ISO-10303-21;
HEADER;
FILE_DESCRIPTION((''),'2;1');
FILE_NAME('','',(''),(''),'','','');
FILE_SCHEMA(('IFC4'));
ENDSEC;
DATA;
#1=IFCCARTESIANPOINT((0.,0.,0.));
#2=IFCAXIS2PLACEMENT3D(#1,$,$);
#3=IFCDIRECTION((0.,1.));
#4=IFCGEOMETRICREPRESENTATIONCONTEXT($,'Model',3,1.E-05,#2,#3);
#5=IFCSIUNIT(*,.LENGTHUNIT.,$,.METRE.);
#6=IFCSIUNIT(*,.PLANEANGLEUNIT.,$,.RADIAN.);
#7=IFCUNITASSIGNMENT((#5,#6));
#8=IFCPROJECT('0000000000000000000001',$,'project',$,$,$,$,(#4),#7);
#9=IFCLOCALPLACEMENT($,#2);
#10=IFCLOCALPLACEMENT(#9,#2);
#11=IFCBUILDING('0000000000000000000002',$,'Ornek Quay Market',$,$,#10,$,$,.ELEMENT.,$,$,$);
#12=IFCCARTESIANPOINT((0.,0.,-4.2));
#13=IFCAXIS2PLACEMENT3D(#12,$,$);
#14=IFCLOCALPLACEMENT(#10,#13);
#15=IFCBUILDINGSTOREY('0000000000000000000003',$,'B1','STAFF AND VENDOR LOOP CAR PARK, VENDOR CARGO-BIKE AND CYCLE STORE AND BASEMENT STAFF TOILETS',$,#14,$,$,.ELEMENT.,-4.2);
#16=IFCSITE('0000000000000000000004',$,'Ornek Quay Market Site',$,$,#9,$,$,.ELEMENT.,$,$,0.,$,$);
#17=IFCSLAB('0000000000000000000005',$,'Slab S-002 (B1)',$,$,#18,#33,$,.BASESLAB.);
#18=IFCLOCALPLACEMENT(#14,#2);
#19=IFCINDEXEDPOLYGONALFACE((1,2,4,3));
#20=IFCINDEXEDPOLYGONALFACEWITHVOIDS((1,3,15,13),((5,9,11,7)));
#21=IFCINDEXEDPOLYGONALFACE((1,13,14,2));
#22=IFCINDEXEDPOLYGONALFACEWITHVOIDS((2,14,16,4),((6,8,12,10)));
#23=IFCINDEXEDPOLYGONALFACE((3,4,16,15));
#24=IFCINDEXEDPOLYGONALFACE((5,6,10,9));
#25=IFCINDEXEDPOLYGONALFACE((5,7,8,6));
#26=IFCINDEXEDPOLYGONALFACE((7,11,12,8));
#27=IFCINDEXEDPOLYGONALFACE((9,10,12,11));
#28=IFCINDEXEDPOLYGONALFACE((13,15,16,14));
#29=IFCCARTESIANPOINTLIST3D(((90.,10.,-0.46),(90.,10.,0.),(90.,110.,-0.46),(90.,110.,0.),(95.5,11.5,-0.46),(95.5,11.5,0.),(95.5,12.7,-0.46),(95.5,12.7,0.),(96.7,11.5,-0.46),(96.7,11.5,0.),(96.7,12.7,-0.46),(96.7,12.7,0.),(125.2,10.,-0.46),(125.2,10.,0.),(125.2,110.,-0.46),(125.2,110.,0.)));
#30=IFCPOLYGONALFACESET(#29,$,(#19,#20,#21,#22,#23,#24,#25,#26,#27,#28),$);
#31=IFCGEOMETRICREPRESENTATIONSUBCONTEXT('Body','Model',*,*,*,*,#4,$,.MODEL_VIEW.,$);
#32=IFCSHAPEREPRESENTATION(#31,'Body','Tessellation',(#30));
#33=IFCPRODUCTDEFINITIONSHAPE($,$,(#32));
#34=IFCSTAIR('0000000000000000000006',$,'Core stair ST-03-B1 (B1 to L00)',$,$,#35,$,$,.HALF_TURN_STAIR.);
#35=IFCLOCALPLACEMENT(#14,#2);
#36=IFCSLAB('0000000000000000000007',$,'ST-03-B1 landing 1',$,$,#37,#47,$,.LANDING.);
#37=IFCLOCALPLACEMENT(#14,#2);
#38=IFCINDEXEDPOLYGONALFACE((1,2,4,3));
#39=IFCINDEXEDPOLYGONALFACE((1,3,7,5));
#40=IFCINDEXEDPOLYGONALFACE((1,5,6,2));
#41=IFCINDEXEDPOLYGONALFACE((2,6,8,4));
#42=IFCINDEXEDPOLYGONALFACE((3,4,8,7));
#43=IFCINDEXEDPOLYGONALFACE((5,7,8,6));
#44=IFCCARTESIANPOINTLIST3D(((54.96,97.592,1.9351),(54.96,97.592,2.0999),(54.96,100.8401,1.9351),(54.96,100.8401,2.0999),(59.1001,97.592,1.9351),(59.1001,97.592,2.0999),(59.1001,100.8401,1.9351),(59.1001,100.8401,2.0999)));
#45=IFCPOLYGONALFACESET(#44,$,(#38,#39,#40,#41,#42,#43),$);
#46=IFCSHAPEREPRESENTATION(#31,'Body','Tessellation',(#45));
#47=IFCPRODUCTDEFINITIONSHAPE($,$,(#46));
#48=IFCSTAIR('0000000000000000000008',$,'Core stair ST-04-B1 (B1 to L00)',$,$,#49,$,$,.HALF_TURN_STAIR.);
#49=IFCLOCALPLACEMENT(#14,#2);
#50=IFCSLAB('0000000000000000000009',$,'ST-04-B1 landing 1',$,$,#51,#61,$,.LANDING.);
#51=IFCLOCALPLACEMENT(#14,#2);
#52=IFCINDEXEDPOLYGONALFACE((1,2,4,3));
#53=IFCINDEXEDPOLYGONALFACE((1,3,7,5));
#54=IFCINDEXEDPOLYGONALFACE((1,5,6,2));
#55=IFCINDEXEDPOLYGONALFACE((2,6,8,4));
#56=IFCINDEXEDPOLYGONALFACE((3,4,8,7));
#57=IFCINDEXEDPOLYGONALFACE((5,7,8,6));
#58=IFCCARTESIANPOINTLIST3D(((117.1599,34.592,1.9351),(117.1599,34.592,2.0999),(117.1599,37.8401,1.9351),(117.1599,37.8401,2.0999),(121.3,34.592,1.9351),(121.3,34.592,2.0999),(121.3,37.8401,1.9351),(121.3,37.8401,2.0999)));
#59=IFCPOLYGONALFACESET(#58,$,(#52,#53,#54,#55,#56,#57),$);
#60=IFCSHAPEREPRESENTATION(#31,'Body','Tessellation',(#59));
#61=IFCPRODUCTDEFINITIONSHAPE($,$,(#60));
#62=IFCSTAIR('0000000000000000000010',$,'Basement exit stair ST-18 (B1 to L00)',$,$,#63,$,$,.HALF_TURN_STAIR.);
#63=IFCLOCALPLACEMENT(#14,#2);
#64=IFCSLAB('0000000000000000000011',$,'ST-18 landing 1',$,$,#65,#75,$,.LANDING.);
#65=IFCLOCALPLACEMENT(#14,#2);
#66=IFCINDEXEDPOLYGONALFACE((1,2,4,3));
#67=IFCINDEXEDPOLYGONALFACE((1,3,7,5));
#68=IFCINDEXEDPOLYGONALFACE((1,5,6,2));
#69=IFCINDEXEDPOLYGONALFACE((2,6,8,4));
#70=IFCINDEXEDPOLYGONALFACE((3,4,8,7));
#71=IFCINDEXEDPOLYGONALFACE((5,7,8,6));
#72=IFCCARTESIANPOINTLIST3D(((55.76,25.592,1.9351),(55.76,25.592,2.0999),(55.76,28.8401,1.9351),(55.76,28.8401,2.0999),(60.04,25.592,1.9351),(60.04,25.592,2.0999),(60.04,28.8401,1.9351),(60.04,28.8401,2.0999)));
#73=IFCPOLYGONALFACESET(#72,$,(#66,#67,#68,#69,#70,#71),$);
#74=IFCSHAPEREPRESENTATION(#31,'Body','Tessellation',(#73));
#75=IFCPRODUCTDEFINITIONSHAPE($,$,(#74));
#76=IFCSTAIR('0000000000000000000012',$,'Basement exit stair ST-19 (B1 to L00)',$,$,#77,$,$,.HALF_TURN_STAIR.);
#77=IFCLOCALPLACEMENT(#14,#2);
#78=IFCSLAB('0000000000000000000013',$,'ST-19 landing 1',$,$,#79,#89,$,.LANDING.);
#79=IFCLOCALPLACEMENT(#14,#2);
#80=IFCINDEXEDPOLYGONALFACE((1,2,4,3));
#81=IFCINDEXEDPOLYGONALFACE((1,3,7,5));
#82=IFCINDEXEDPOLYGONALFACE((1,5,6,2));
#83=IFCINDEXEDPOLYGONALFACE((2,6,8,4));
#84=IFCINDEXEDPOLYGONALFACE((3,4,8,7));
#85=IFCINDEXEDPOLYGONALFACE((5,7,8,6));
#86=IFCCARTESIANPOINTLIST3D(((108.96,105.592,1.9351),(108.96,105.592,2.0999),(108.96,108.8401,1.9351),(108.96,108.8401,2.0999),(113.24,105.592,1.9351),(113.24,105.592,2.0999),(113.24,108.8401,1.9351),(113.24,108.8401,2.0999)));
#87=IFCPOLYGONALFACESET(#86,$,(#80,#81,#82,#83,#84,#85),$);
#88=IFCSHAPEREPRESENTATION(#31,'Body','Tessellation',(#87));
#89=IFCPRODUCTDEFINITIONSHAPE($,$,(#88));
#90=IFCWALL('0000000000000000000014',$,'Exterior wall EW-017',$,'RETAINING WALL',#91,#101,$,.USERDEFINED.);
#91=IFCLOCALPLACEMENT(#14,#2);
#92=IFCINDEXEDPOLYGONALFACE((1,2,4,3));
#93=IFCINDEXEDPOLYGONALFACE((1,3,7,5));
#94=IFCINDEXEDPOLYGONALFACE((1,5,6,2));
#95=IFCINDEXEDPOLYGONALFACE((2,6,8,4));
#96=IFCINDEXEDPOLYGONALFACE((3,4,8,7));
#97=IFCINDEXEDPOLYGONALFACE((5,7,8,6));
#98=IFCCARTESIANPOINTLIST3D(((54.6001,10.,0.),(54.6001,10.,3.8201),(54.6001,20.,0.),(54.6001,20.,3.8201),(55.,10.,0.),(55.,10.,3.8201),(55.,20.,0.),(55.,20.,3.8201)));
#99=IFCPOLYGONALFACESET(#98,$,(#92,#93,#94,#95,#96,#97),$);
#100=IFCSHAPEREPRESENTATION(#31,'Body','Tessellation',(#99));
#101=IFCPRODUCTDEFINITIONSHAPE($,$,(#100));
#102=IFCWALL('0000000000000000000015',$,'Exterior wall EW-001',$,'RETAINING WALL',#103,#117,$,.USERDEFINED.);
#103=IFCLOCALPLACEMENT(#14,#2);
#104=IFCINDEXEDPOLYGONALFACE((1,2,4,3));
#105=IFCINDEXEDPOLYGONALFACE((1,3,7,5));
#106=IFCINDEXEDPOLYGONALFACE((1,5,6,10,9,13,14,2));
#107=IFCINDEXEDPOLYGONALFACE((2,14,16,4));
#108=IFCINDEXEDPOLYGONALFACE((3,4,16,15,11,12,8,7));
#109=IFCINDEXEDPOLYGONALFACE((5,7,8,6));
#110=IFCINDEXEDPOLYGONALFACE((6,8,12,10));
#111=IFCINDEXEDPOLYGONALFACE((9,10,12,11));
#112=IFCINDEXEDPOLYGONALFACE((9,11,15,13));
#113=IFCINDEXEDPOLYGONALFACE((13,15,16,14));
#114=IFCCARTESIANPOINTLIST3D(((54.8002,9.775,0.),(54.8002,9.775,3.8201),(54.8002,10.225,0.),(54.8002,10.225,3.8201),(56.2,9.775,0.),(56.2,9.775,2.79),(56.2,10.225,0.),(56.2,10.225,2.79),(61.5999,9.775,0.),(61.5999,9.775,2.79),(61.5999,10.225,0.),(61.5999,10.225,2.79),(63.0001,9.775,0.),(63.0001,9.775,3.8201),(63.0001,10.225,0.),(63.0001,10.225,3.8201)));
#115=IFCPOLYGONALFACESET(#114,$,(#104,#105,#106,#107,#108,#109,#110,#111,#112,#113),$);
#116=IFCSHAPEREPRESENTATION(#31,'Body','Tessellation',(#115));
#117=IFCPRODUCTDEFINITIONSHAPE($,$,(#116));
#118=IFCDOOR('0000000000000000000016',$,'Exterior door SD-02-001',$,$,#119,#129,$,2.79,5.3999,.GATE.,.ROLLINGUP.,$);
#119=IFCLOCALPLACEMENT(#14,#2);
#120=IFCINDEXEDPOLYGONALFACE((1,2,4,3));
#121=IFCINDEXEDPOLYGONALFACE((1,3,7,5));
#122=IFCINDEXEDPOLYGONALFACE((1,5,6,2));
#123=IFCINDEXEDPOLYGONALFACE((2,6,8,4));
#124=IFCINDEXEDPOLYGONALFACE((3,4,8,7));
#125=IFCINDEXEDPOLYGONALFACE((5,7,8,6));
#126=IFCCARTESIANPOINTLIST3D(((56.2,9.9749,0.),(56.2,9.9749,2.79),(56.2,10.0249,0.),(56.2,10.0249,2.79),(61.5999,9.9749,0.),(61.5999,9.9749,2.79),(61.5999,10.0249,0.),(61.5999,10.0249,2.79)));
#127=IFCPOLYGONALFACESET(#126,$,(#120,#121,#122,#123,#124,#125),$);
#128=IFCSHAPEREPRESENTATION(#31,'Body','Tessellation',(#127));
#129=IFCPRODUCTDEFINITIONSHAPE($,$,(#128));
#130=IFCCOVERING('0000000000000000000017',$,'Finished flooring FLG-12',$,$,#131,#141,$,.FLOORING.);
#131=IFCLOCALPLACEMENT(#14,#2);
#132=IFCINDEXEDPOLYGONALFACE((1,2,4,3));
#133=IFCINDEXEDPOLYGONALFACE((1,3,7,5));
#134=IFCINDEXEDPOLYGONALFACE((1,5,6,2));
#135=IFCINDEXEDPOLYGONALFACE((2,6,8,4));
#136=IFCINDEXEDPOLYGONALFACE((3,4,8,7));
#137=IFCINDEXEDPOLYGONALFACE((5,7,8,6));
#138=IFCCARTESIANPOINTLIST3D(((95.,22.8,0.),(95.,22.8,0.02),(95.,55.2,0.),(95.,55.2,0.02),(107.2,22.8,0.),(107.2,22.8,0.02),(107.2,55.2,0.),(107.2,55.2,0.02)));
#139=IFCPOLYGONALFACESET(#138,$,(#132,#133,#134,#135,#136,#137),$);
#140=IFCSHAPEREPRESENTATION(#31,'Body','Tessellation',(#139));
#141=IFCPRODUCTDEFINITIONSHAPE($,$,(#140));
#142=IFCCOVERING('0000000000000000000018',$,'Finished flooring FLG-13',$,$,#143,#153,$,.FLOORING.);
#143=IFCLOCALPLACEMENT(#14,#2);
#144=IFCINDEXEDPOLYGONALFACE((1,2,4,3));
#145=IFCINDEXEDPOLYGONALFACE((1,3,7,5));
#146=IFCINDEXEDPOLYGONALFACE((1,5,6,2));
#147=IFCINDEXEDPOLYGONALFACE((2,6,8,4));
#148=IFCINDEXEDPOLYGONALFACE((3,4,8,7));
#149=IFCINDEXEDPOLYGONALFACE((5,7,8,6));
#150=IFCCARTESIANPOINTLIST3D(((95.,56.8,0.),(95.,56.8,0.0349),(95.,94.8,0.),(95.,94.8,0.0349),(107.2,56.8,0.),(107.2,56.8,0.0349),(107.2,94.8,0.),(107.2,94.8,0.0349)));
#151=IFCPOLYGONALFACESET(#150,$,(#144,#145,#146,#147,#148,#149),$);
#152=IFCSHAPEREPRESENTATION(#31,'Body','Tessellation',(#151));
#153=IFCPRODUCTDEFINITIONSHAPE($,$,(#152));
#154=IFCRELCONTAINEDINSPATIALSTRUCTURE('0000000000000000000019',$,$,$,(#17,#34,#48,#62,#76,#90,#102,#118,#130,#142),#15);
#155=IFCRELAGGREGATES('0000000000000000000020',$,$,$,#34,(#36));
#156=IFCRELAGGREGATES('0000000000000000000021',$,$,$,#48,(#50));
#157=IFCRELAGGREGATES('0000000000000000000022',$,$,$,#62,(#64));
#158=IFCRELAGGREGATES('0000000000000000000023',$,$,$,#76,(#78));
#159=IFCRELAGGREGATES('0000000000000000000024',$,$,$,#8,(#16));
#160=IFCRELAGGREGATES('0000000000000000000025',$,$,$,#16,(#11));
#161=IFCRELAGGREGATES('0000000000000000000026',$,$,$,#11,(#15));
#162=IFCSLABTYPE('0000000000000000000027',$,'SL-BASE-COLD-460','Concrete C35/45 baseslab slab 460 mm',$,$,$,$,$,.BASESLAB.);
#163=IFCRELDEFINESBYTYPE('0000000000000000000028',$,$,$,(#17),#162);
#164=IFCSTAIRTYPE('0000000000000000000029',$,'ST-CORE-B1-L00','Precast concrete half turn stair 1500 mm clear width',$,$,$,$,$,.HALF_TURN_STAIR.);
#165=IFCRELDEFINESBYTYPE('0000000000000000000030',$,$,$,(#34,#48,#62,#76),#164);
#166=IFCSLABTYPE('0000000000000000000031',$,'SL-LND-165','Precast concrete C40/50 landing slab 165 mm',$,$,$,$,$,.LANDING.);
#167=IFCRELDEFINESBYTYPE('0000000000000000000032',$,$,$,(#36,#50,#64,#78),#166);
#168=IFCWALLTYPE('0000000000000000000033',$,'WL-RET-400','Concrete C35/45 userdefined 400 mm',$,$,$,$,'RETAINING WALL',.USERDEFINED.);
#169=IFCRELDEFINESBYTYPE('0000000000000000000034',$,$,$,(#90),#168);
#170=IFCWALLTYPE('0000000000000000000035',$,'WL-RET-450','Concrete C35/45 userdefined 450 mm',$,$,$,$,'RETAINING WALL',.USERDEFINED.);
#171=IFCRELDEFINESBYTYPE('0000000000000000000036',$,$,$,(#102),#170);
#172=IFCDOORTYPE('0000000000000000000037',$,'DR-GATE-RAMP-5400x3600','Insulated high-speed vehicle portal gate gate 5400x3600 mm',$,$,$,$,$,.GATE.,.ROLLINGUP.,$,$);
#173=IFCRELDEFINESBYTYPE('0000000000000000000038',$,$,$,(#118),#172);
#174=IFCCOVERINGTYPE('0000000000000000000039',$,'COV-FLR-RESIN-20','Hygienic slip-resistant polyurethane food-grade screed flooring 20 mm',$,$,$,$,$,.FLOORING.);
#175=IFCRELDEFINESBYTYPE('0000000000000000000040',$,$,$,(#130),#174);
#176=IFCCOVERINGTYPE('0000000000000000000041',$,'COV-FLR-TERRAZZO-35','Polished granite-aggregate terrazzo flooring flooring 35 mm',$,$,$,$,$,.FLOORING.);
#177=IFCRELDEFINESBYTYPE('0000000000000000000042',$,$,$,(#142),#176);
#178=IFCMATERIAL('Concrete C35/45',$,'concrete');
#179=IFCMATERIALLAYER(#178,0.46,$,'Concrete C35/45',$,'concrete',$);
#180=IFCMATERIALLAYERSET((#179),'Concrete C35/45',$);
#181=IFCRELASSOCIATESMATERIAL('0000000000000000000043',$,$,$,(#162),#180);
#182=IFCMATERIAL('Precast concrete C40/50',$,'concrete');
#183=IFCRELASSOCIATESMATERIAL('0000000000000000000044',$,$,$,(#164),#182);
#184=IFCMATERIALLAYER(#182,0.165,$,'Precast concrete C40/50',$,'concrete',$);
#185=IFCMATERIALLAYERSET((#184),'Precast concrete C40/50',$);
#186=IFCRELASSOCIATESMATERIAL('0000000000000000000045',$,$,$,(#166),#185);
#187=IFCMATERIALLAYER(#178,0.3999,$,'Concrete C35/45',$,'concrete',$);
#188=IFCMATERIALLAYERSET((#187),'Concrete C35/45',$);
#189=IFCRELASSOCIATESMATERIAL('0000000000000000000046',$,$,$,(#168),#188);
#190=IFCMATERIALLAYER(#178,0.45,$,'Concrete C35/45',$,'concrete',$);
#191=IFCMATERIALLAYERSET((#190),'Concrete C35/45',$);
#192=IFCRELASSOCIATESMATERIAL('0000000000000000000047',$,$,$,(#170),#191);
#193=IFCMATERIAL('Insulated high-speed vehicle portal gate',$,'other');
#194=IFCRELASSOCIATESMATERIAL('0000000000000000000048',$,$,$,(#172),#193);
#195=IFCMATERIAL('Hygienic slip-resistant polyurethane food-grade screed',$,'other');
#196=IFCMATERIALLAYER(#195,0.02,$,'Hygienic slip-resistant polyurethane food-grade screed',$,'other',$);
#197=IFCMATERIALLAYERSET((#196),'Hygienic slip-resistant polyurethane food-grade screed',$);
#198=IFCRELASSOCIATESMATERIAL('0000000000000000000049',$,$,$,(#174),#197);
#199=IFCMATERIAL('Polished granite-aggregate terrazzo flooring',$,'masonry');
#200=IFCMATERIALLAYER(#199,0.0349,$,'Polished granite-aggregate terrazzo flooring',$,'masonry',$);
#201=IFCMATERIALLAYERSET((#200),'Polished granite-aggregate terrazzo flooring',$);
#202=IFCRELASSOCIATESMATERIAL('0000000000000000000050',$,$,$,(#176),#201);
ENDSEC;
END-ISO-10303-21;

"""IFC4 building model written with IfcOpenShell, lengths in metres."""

from ifc_helpers import new_model, si_unit, direction, frame, frame_2d, origin, place, context, subcontext, project, spatial, polyline, rectangle, outline, extrude, material, layer, layer_set, type_object, element, fill, aggregate, save


model = new_model("IFC4")

# Units and contexts
model_context = context("Model", 3, precision=1e-05, world=origin(), true_north=direction((0.0, 1.0)))
body_context = subcontext(model_context, "Body", "Model", "MODEL_VIEW")
ifc_project = project(units=[si_unit("LENGTHUNIT", "METRE"), si_unit("PLANEANGLEUNIT", "RADIAN")], contexts=[model_context])

# Site, building, storey
site_placement = place(None, origin())
site = spatial("IfcSite", under=ifc_project, at=site_placement, Name="Ornek Quay Market Site", CompositionType="ELEMENT", RefElevation=0.0)
building_placement = place(site_placement, origin())
building = spatial("IfcBuilding", under=site, at=building_placement, Name="Ornek Quay Market", CompositionType="ELEMENT")
storey_placement = place(building_placement, frame((0.0, 0.0, -4.2)))
storey = spatial("IfcBuildingStorey", under=building, at=storey_placement, Name="B1", Description="STAFF AND VENDOR LOOP CAR PARK, VENDOR CARGO-BIKE AND CYCLE STORE AND BASEMENT STAFF TOILETS", CompositionType="ELEMENT", Elevation=-4.2)

# Shared definitions
ifc_material_1 = material(Name="Concrete C35/45", Category="concrete")

# Slab
ifc_layer_1 = layer(ifc_material_1, 0.46, Name="Concrete C35/45", Category="concrete")
ifc_layer_set_1 = layer_set([ifc_layer_1], Name="Concrete C35/45")
slab_type_1 = type_object("IfcSlabType", Name="SL-BASE-COLD-460", Description="Concrete C35/45 baseslab slab 460 mm", PredefinedType="BASESLAB", material=ifc_layer_set_1)
slab_1_placement = place(storey_placement, frame((0.0, 0.0, -0.46)))
element("IfcSlab", 1, at=slab_1_placement, inside=storey, type_object=slab_type_1, Name="Slab S-002 (B1)", PredefinedType="BASESLAB", context=body_context, shape_type="SweptSolid", body=[
    extrude(outline(polyline([(90.0, 10.0), (125.2, 10.0), (125.2, 110.0), (90.0, 110.0), (90.0, 10.0)]), holes=[polyline([(95.5, 12.7), (96.7, 12.7), (96.7, 11.5), (95.5, 11.5), (95.5, 12.7)])]), origin(), (0.0, 0.0, 1.0), 0.46),
])

# Stairs, slabs
ifc_material_2 = material(Name="Precast concrete C40/50", Category="concrete")
stair_type = type_object("IfcStairType", Name="ST-CORE-B1-L00", Description="Precast concrete half turn stair 1500 mm clear width", PredefinedType="HALF_TURN_STAIR", material=ifc_material_2)
stair_1_placement = place(storey_placement, origin())
stair_1 = element("IfcStair", 2, at=stair_1_placement, inside=storey, type_object=stair_type, Name="Core stair ST-03-B1 (B1 to L00)", PredefinedType="HALF_TURN_STAIR")
ifc_layer_2 = layer(ifc_material_2, 0.165, Name="Precast concrete C40/50", Category="concrete")
ifc_layer_set_2 = layer_set([ifc_layer_2], Name="Precast concrete C40/50")
slab_type_2 = type_object("IfcSlabType", Name="SL-LND-165", Description="Precast concrete C40/50 landing slab 165 mm", PredefinedType="LANDING", material=ifc_layer_set_2)
slab_2_placement = place(storey_placement, frame((0.0, 0.0, 1.9351)))
slab_2 = element("IfcSlab", 3, at=slab_2_placement, type_object=slab_type_2, Name="ST-03-B1 landing 1", PredefinedType="LANDING", context=body_context, shape_type="SweptSolid", body=[
    extrude(outline(polyline([(54.96, 97.592), (59.1001, 97.592), (59.1001, 100.8401), (54.96, 100.8401), (54.96, 97.592)])), origin(), (0.0, 0.0, 1.0), 0.1648),
])
aggregate(stair_1, [slab_2])
stair_2_placement = place(storey_placement, origin())
stair_2 = element("IfcStair", 4, at=stair_2_placement, inside=storey, type_object=stair_type, Name="Core stair ST-04-B1 (B1 to L00)", PredefinedType="HALF_TURN_STAIR")
slab_3_placement = place(storey_placement, frame((0.0, 0.0, 1.9351)))
slab_3 = element("IfcSlab", 5, at=slab_3_placement, type_object=slab_type_2, Name="ST-04-B1 landing 1", PredefinedType="LANDING", context=body_context, shape_type="SweptSolid", body=[
    extrude(outline(polyline([(117.1599, 34.592), (121.3, 34.592), (121.3, 37.8401), (117.1599, 37.8401), (117.1599, 34.592)])), origin(), (0.0, 0.0, 1.0), 0.1648),
])
aggregate(stair_2, [slab_3])
stair_3_placement = place(storey_placement, origin())
stair_3 = element("IfcStair", 6, at=stair_3_placement, inside=storey, type_object=stair_type, Name="Basement exit stair ST-18 (B1 to L00)", PredefinedType="HALF_TURN_STAIR")
slab_4_placement = place(storey_placement, frame((0.0, 0.0, 1.9351)))
slab_4 = element("IfcSlab", 7, at=slab_4_placement, type_object=slab_type_2, Name="ST-18 landing 1", PredefinedType="LANDING", context=body_context, shape_type="SweptSolid", body=[
    extrude(outline(polyline([(55.76, 25.592), (60.04, 25.592), (60.04, 28.8401), (55.76, 28.8401), (55.76, 25.592)])), origin(), (0.0, 0.0, 1.0), 0.1648),
])
aggregate(stair_3, [slab_4])
stair_4_placement = place(storey_placement, origin())
stair_4 = element("IfcStair", 8, at=stair_4_placement, inside=storey, type_object=stair_type, Name="Basement exit stair ST-19 (B1 to L00)", PredefinedType="HALF_TURN_STAIR")
slab_5_placement = place(storey_placement, frame((0.0, 0.0, 1.9351)))
slab_5 = element("IfcSlab", 9, at=slab_5_placement, type_object=slab_type_2, Name="ST-19 landing 1", PredefinedType="LANDING", context=body_context, shape_type="SweptSolid", body=[
    extrude(outline(polyline([(108.96, 105.592), (113.24, 105.592), (113.24, 108.8401), (108.96, 108.8401), (108.96, 105.592)])), origin(), (0.0, 0.0, 1.0), 0.1648),
])
aggregate(stair_4, [slab_5])

# Wall
ifc_layer_3 = layer(ifc_material_1, 0.3999, Name="Concrete C35/45", Category="concrete")
ifc_layer_set_3 = layer_set([ifc_layer_3], Name="Concrete C35/45")
wall_type_1 = type_object("IfcWallType", Name="WL-RET-400", Description="Concrete C35/45 userdefined 400 mm", ElementType="RETAINING WALL", PredefinedType="USERDEFINED", material=ifc_layer_set_3)
wall_1_placement = place(storey_placement, frame((54.8, 10.0, 0.0), z_axis=(0.0, 0.0, 1.0), x_axis=(0.0, 1.0, 0.0)))
element("IfcWall", 10, at=wall_1_placement, inside=storey, type_object=wall_type_1, Name="Exterior wall EW-017", ObjectType="RETAINING WALL", PredefinedType="USERDEFINED", context=body_context, shape_type="SweptSolid", body=[
    extrude(rectangle(XDim=10.0, YDim=0.3999, at=frame_2d((5.0, 0.0))), origin(), (0.0, 0.0, 1.0), 3.8201),
])

# Wall, opening, door
ifc_layer_4 = layer(ifc_material_1, 0.45, Name="Concrete C35/45", Category="concrete")
ifc_layer_set_4 = layer_set([ifc_layer_4], Name="Concrete C35/45")
wall_type_2 = type_object("IfcWallType", Name="WL-RET-450", Description="Concrete C35/45 userdefined 450 mm", ElementType="RETAINING WALL", PredefinedType="USERDEFINED", material=ifc_layer_set_4)
wall_2_placement = place(storey_placement, frame((54.8, 10.0, 0.0), z_axis=(0.0, 0.0, 1.0), x_axis=(1.0, 0.0, 0.0)))
wall_2 = element("IfcWall", 11, at=wall_2_placement, inside=storey, type_object=wall_type_2, Name="Exterior wall EW-001", ObjectType="RETAINING WALL", PredefinedType="USERDEFINED", context=body_context, shape_type="SweptSolid", body=[
    extrude(rectangle(XDim=8.2, YDim=0.45, at=frame_2d((4.1001, 0.0))), origin(), (0.0, 0.0, 1.0), 3.8201),
])
opening_placement = place(wall_2_placement, frame((1.3999, 0.0, 0.0)))
opening = element("IfcOpeningElement", 12, at=opening_placement, cuts=wall_2, PredefinedType="OPENING", context=body_context, shape_type="SweptSolid", body=[
    extrude(rectangle(XDim=5.3999, YDim=2.79, at=frame_2d((2.7, 1.395))), frame((0.0, 0.2349, 0.0), z_axis=(0.0, -1.0, 0.0), x_axis=(1.0, 0.0, 0.0)), (0.0, 0.0, 1.0), 0.47),
])
ifc_material_3 = material(Name="Insulated high-speed vehicle portal gate", Category="other")
door_type = type_object("IfcDoorType", Name="DR-GATE-RAMP-5400x3600", Description="Insulated high-speed vehicle portal gate gate 5400x3600 mm", OperationType="ROLLINGUP", PredefinedType="GATE", material=ifc_material_3)
door_placement = place(opening_placement, origin())
door = element("IfcDoor", 13, at=door_placement, inside=storey, type_object=door_type, Name="Exterior door SD-02-001", OperationType="ROLLINGUP", OverallHeight=2.79, OverallWidth=5.3999, PredefinedType="GATE", context=body_context, shape_type="SweptSolid", body=[
    extrude(rectangle(XDim=5.3999, YDim=2.79, at=frame_2d((2.7, 1.395))), frame((0.0, 0.0249, 0.0), z_axis=(0.0, -1.0, 0.0), x_axis=(1.0, 0.0, 0.0)), (0.0, 0.0, 1.0), 0.05),
])
fill(opening, door)

# Coverings
ifc_material_4 = material(Name="Hygienic slip-resistant polyurethane food-grade screed", Category="other")
ifc_layer_5 = layer(ifc_material_4, 0.02, Name="Hygienic slip-resistant polyurethane food-grade screed", Category="other")
ifc_layer_set_5 = layer_set([ifc_layer_5], Name="Hygienic slip-resistant polyurethane food-grade screed")
covering_type_1 = type_object("IfcCoveringType", Name="COV-FLR-RESIN-20", Description="Hygienic slip-resistant polyurethane food-grade screed flooring 20 mm", PredefinedType="FLOORING", material=ifc_layer_set_5)
covering_1_placement = place(storey_placement, origin())
element("IfcCovering", 14, at=covering_1_placement, inside=storey, type_object=covering_type_1, Name="Finished flooring FLG-12", PredefinedType="FLOORING", context=body_context, shape_type="SweptSolid", body=[
    extrude(outline(polyline([(95.0, 22.8), (107.2, 22.8), (107.2, 55.2), (95.0, 55.2), (95.0, 22.8)])), origin(), (0.0, 0.0, 1.0), 0.02),
])
ifc_material_5 = material(Name="Polished granite-aggregate terrazzo flooring", Category="masonry")
ifc_layer_6 = layer(ifc_material_5, 0.0349, Name="Polished granite-aggregate terrazzo flooring", Category="masonry")
ifc_layer_set_6 = layer_set([ifc_layer_6], Name="Polished granite-aggregate terrazzo flooring")
covering_type_2 = type_object("IfcCoveringType", Name="COV-FLR-TERRAZZO-35", Description="Polished granite-aggregate terrazzo flooring flooring 35 mm", PredefinedType="FLOORING", material=ifc_layer_set_6)
covering_2_placement = place(storey_placement, origin())
element("IfcCovering", 15, at=covering_2_placement, inside=storey, type_object=covering_type_2, Name="Finished flooring FLG-13", PredefinedType="FLOORING", context=body_context, shape_type="SweptSolid", body=[
    extrude(outline(polyline([(95.0, 56.8), (107.2, 56.8), (107.2, 94.8), (95.0, 94.8), (95.0, 56.8)])), origin(), (0.0, 0.0, 1.0), 0.0349),
])

save(model, "model.ifc")
